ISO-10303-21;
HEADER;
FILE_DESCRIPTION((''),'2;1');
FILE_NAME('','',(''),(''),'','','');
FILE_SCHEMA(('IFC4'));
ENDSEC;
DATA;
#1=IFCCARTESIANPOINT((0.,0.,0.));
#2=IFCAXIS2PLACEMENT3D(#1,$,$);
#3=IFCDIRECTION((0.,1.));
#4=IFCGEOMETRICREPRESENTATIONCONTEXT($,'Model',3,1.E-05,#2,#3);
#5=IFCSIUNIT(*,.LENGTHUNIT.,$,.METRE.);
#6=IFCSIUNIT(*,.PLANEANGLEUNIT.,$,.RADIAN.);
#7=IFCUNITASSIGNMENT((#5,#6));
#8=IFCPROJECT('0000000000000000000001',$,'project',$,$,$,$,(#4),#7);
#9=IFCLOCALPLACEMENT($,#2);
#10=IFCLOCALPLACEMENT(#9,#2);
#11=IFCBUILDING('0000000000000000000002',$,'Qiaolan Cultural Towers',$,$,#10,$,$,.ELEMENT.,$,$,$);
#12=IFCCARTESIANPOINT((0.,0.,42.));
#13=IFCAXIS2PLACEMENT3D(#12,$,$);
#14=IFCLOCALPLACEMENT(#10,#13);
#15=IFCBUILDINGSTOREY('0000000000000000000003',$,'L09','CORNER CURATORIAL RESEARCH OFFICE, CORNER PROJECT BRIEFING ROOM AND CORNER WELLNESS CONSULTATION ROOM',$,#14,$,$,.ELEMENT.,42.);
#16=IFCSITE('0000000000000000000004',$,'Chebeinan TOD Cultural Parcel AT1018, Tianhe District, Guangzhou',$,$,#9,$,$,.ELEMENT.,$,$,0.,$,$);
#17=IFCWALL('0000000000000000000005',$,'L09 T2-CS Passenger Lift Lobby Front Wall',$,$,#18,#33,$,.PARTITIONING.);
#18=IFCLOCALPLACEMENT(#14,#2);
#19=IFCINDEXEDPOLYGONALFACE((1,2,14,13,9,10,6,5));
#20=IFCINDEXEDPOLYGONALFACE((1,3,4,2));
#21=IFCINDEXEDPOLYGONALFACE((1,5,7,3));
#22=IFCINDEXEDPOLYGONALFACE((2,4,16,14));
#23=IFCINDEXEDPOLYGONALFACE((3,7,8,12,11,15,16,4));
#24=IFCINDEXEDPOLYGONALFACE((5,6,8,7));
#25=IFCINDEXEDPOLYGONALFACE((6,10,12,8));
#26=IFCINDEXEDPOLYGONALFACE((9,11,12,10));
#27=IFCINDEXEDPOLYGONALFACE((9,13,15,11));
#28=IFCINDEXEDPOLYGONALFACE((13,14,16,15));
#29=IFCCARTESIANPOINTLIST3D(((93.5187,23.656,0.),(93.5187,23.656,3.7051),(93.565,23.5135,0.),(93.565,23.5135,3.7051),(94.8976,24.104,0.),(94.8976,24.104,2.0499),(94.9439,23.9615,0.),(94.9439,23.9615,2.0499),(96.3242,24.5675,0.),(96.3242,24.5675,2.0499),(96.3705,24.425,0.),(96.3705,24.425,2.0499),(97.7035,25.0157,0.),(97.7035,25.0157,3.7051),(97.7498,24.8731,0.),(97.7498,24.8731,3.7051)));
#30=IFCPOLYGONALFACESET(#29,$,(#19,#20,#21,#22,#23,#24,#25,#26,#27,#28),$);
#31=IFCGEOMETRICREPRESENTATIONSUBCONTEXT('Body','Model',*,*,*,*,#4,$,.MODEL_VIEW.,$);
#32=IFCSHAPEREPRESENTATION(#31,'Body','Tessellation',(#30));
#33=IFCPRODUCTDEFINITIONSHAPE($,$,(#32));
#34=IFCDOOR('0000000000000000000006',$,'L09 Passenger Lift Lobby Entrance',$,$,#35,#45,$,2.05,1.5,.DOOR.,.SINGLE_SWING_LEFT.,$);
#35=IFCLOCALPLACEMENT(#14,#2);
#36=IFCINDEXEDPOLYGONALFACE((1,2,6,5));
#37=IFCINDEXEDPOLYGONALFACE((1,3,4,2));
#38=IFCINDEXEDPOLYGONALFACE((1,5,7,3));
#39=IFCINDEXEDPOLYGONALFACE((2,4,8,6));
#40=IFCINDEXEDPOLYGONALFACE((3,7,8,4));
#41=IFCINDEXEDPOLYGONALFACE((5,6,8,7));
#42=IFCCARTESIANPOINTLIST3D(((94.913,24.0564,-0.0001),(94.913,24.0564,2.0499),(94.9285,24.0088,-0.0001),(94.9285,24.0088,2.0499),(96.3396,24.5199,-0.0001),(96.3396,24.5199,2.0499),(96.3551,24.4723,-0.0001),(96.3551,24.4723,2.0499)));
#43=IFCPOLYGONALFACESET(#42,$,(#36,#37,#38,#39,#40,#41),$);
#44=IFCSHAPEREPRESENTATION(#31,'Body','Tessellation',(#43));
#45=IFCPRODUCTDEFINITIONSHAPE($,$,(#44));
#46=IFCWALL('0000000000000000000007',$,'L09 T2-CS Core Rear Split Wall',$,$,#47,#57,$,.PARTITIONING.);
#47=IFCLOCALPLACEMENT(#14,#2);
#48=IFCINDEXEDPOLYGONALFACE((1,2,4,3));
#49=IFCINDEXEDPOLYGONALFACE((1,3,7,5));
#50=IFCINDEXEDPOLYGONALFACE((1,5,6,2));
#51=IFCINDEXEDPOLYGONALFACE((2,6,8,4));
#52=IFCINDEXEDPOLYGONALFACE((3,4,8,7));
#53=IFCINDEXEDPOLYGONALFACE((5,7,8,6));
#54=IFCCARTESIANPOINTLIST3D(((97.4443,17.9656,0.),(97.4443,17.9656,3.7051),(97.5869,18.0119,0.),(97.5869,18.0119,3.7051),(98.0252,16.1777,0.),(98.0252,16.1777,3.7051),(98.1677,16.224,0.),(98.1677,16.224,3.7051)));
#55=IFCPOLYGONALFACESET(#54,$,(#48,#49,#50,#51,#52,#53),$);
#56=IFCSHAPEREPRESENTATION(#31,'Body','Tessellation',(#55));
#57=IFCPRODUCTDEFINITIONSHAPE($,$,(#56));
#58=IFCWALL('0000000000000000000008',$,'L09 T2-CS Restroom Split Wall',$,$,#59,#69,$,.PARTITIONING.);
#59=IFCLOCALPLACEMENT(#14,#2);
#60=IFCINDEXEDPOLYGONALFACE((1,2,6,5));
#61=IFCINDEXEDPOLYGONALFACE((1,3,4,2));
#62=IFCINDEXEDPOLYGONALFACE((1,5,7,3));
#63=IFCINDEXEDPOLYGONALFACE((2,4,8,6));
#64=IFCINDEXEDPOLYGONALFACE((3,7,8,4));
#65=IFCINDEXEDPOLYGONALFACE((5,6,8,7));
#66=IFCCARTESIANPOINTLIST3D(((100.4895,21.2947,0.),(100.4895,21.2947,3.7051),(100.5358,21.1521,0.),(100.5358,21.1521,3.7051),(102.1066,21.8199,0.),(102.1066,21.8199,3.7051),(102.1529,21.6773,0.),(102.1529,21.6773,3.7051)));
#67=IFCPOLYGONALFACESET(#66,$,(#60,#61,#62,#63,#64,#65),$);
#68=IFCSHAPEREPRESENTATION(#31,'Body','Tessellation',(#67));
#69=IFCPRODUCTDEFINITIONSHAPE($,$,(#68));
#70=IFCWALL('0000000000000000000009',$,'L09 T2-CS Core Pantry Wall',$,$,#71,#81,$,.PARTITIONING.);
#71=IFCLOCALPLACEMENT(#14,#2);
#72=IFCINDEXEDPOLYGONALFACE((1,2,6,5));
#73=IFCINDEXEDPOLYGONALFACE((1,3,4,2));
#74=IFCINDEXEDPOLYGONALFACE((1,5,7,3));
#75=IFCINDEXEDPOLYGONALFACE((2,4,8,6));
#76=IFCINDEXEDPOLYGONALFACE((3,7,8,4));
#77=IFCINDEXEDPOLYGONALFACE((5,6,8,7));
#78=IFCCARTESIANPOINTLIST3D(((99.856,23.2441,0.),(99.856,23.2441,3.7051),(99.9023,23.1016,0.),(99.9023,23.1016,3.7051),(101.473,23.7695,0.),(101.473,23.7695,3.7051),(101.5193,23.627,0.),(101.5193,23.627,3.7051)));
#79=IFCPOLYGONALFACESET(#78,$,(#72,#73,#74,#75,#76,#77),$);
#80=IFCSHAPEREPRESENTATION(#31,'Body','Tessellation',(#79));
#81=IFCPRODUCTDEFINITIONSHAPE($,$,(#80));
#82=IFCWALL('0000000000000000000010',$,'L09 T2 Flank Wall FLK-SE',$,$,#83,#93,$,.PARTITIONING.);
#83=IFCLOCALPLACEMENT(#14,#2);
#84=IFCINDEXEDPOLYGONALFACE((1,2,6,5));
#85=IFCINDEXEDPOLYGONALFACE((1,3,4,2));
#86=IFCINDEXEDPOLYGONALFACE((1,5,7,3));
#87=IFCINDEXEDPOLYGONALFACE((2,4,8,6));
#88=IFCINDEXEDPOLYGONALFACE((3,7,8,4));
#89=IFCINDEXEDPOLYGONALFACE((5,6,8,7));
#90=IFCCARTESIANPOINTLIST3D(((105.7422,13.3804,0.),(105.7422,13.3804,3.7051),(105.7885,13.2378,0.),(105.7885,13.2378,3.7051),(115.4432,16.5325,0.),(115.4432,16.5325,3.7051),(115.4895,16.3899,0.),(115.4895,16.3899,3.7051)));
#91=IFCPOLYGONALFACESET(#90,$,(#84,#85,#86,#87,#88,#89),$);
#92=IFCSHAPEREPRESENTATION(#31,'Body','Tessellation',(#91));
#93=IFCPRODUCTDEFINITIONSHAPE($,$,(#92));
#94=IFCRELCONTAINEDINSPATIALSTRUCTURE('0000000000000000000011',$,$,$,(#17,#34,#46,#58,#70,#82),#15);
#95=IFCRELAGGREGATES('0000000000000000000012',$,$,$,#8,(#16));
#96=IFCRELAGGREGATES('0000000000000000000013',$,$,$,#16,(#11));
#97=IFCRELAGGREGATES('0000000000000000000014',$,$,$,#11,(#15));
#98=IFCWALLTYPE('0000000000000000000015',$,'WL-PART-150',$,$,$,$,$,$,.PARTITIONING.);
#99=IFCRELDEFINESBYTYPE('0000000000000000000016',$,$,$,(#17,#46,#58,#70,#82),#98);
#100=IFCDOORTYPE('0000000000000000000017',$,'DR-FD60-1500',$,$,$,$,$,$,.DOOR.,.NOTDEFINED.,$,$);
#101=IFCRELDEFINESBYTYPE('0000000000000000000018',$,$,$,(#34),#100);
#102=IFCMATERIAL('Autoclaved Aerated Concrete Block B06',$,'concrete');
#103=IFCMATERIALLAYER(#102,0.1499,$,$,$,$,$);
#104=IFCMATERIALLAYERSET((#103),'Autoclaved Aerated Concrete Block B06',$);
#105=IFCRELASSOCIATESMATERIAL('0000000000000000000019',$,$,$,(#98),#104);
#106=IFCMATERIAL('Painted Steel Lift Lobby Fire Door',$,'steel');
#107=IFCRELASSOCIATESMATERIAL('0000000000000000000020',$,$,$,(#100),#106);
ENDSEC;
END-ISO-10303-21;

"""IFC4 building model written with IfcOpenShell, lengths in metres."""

from ifc_helpers import new_model, si_unit, direction, frame, frame_2d, origin, place, context, subcontext, project, spatial, rectangle, extrude, material, layer, layer_set, type_object, element, fill, save


model = new_model("IFC4")

# Units and contexts
model_context = context("Model", 3, precision=1e-05, world=origin(), true_north=direction((0.0, 1.0)))
body_context = subcontext(model_context, "Body", "Model", "MODEL_VIEW")
ifc_project = project(units=[si_unit("LENGTHUNIT", "METRE"), si_unit("PLANEANGLEUNIT", "RADIAN")], contexts=[model_context])

# Site, building, storey
site_placement = place(None, origin())
site = spatial("IfcSite", under=ifc_project, at=site_placement, Name="Chebeinan TOD Cultural Parcel AT1018, Tianhe District, Guangzhou", CompositionType="ELEMENT", RefElevation=0.0)
building_placement = place(site_placement, origin())
building = spatial("IfcBuilding", under=site, at=building_placement, Name="Qiaolan Cultural Towers", CompositionType="ELEMENT")
storey_placement = place(building_placement, frame((0.0, 0.0, 42.0)))
storey = spatial("IfcBuildingStorey", under=building, at=storey_placement, Name="L09", Description="CORNER CURATORIAL RESEARCH OFFICE, CORNER PROJECT BRIEFING ROOM AND CORNER WELLNESS CONSULTATION ROOM", CompositionType="ELEMENT", Elevation=42.0)

# Wall, opening, door
ifc_material_1 = material(Name="Autoclaved Aerated Concrete Block B06", Category="concrete")
ifc_layer_1 = layer(ifc_material_1, 0.1499)
ifc_layer_set_1 = layer_set([ifc_layer_1], Name="Autoclaved Aerated Concrete Block B06")
wall_type_1 = type_object("IfcWallType", Name="WL-PART-150", PredefinedType="PARTITIONING", material=ifc_layer_set_1)
wall_1_placement = place(storey_placement, frame((93.5417, 23.5847, 0.0), z_axis=(0.0, 0.0, 1.0), x_axis=(0.951064, 0.308994, 0.0)))
wall_1 = element("IfcWall", 1, at=wall_1_placement, inside=storey, type_object=wall_type_1, Name="L09 T2-CS Passenger Lift Lobby Front Wall", PredefinedType="PARTITIONING", context=body_context, shape_type="SweptSolid", body=[
    extrude(rectangle(XDim=4.4001, YDim=0.1499, at=frame_2d((2.2002, 0.0))), origin(), (0.0, 0.0, 1.0), 3.7051),
])
opening_1_placement = place(wall_1_placement, frame((1.45, 0.0, 0.0)))
opening_1 = element("IfcOpeningElement", 2, at=opening_1_placement, cuts=wall_1, PredefinedType="OPENING", context=body_context, shape_type="SweptSolid", body=[
    extrude(rectangle(XDim=1.5, YDim=2.05, at=frame_2d((0.75, 1.0249))), frame((0.0, 0.085, 0.0), z_axis=(0.0, -1.0, 0.0), x_axis=(1.0, 0.0, 0.0)), (0.0, 0.0, 1.0), 0.1699),
])
ifc_material_2 = material(Name="Painted Steel Lift Lobby Fire Door", Category="steel")
door_type_1 = type_object("IfcDoorType", Name="DR-FD60-1500", OperationType="NOTDEFINED", PredefinedType="DOOR", material=ifc_material_2)
door_1_placement = place(opening_1_placement, origin())
door_1 = element("IfcDoor", 3, at=door_1_placement, inside=storey, type_object=door_type_1, Name="L09 Passenger Lift Lobby Entrance", OperationType="SINGLE_SWING_LEFT", OverallHeight=2.05, OverallWidth=1.5, PredefinedType="DOOR", context=body_context, shape_type="SweptSolid", body=[
    extrude(rectangle(XDim=1.5, YDim=2.05, at=frame_2d((0.75, 1.0249))), frame((0.0, 0.0249, 0.0), z_axis=(0.0, -1.0, 0.0), x_axis=(1.0, 0.0, 0.0)), (0.0, 0.0, 1.0), 0.05),
])
fill(opening_1, door_1)

# Walls
wall_2_placement = place(storey_placement, frame((97.5156, 17.9888, 0.0), z_axis=(0.0, 0.0, 1.0), x_axis=(0.308972, -0.951071, 0.0)))
element("IfcWall", 4, at=wall_2_placement, inside=storey, type_object=wall_type_1, Name="L09 T2-CS Core Rear Split Wall", PredefinedType="PARTITIONING", context=body_context, shape_type="SweptSolid", body=[
    extrude(rectangle(XDim=1.8799, YDim=0.1499, at=frame_2d((0.9399, 0.0))), origin(), (0.0, 0.0, 1.0), 3.7051),
])
for number, where, z_axis, x_axis, name in (
    (5, (100.5127, 21.2234, 0.0), (0.0, 0.0, 1.0), (0.951096, 0.308894, 0.0), "L09 T2-CS Restroom Split Wall"),
    (6, (99.8792, 23.1729, 0.0), (0.0, 0.0, 1.0), (0.951054, 0.309024, 0.0), "L09 T2-CS Core Pantry Wall"),
):
    element("IfcWall", number, at=place(storey_placement, frame(where, z_axis=z_axis, x_axis=x_axis)), inside=storey, type_object=wall_type_1, Name=name, PredefinedType="PARTITIONING", context=body_context, shape_type="SweptSolid", body=[
        extrude(rectangle(XDim=1.7002, YDim=0.1499, at=frame_2d((0.8501, 0.0))), origin(), (0.0, 0.0, 1.0), 3.7051),
    ])
wall_3_placement = place(storey_placement, frame((105.7654, 13.3091, 0.0), z_axis=(0.0, 0.0, 1.0), x_axis=(0.951054, 0.309024, 0.0)))
element("IfcWall", 7, at=wall_3_placement, inside=storey, type_object=wall_type_1, Name="L09 T2 Flank Wall FLK-SE", PredefinedType="PARTITIONING", context=body_context, shape_type="SweptSolid", body=[
    extrude(rectangle(XDim=10.2002, YDim=0.1499, at=frame_2d((5.1001, 0.0))), origin(), (0.0, 0.0, 1.0), 3.7051),
])

save(model, "model.ifc")
